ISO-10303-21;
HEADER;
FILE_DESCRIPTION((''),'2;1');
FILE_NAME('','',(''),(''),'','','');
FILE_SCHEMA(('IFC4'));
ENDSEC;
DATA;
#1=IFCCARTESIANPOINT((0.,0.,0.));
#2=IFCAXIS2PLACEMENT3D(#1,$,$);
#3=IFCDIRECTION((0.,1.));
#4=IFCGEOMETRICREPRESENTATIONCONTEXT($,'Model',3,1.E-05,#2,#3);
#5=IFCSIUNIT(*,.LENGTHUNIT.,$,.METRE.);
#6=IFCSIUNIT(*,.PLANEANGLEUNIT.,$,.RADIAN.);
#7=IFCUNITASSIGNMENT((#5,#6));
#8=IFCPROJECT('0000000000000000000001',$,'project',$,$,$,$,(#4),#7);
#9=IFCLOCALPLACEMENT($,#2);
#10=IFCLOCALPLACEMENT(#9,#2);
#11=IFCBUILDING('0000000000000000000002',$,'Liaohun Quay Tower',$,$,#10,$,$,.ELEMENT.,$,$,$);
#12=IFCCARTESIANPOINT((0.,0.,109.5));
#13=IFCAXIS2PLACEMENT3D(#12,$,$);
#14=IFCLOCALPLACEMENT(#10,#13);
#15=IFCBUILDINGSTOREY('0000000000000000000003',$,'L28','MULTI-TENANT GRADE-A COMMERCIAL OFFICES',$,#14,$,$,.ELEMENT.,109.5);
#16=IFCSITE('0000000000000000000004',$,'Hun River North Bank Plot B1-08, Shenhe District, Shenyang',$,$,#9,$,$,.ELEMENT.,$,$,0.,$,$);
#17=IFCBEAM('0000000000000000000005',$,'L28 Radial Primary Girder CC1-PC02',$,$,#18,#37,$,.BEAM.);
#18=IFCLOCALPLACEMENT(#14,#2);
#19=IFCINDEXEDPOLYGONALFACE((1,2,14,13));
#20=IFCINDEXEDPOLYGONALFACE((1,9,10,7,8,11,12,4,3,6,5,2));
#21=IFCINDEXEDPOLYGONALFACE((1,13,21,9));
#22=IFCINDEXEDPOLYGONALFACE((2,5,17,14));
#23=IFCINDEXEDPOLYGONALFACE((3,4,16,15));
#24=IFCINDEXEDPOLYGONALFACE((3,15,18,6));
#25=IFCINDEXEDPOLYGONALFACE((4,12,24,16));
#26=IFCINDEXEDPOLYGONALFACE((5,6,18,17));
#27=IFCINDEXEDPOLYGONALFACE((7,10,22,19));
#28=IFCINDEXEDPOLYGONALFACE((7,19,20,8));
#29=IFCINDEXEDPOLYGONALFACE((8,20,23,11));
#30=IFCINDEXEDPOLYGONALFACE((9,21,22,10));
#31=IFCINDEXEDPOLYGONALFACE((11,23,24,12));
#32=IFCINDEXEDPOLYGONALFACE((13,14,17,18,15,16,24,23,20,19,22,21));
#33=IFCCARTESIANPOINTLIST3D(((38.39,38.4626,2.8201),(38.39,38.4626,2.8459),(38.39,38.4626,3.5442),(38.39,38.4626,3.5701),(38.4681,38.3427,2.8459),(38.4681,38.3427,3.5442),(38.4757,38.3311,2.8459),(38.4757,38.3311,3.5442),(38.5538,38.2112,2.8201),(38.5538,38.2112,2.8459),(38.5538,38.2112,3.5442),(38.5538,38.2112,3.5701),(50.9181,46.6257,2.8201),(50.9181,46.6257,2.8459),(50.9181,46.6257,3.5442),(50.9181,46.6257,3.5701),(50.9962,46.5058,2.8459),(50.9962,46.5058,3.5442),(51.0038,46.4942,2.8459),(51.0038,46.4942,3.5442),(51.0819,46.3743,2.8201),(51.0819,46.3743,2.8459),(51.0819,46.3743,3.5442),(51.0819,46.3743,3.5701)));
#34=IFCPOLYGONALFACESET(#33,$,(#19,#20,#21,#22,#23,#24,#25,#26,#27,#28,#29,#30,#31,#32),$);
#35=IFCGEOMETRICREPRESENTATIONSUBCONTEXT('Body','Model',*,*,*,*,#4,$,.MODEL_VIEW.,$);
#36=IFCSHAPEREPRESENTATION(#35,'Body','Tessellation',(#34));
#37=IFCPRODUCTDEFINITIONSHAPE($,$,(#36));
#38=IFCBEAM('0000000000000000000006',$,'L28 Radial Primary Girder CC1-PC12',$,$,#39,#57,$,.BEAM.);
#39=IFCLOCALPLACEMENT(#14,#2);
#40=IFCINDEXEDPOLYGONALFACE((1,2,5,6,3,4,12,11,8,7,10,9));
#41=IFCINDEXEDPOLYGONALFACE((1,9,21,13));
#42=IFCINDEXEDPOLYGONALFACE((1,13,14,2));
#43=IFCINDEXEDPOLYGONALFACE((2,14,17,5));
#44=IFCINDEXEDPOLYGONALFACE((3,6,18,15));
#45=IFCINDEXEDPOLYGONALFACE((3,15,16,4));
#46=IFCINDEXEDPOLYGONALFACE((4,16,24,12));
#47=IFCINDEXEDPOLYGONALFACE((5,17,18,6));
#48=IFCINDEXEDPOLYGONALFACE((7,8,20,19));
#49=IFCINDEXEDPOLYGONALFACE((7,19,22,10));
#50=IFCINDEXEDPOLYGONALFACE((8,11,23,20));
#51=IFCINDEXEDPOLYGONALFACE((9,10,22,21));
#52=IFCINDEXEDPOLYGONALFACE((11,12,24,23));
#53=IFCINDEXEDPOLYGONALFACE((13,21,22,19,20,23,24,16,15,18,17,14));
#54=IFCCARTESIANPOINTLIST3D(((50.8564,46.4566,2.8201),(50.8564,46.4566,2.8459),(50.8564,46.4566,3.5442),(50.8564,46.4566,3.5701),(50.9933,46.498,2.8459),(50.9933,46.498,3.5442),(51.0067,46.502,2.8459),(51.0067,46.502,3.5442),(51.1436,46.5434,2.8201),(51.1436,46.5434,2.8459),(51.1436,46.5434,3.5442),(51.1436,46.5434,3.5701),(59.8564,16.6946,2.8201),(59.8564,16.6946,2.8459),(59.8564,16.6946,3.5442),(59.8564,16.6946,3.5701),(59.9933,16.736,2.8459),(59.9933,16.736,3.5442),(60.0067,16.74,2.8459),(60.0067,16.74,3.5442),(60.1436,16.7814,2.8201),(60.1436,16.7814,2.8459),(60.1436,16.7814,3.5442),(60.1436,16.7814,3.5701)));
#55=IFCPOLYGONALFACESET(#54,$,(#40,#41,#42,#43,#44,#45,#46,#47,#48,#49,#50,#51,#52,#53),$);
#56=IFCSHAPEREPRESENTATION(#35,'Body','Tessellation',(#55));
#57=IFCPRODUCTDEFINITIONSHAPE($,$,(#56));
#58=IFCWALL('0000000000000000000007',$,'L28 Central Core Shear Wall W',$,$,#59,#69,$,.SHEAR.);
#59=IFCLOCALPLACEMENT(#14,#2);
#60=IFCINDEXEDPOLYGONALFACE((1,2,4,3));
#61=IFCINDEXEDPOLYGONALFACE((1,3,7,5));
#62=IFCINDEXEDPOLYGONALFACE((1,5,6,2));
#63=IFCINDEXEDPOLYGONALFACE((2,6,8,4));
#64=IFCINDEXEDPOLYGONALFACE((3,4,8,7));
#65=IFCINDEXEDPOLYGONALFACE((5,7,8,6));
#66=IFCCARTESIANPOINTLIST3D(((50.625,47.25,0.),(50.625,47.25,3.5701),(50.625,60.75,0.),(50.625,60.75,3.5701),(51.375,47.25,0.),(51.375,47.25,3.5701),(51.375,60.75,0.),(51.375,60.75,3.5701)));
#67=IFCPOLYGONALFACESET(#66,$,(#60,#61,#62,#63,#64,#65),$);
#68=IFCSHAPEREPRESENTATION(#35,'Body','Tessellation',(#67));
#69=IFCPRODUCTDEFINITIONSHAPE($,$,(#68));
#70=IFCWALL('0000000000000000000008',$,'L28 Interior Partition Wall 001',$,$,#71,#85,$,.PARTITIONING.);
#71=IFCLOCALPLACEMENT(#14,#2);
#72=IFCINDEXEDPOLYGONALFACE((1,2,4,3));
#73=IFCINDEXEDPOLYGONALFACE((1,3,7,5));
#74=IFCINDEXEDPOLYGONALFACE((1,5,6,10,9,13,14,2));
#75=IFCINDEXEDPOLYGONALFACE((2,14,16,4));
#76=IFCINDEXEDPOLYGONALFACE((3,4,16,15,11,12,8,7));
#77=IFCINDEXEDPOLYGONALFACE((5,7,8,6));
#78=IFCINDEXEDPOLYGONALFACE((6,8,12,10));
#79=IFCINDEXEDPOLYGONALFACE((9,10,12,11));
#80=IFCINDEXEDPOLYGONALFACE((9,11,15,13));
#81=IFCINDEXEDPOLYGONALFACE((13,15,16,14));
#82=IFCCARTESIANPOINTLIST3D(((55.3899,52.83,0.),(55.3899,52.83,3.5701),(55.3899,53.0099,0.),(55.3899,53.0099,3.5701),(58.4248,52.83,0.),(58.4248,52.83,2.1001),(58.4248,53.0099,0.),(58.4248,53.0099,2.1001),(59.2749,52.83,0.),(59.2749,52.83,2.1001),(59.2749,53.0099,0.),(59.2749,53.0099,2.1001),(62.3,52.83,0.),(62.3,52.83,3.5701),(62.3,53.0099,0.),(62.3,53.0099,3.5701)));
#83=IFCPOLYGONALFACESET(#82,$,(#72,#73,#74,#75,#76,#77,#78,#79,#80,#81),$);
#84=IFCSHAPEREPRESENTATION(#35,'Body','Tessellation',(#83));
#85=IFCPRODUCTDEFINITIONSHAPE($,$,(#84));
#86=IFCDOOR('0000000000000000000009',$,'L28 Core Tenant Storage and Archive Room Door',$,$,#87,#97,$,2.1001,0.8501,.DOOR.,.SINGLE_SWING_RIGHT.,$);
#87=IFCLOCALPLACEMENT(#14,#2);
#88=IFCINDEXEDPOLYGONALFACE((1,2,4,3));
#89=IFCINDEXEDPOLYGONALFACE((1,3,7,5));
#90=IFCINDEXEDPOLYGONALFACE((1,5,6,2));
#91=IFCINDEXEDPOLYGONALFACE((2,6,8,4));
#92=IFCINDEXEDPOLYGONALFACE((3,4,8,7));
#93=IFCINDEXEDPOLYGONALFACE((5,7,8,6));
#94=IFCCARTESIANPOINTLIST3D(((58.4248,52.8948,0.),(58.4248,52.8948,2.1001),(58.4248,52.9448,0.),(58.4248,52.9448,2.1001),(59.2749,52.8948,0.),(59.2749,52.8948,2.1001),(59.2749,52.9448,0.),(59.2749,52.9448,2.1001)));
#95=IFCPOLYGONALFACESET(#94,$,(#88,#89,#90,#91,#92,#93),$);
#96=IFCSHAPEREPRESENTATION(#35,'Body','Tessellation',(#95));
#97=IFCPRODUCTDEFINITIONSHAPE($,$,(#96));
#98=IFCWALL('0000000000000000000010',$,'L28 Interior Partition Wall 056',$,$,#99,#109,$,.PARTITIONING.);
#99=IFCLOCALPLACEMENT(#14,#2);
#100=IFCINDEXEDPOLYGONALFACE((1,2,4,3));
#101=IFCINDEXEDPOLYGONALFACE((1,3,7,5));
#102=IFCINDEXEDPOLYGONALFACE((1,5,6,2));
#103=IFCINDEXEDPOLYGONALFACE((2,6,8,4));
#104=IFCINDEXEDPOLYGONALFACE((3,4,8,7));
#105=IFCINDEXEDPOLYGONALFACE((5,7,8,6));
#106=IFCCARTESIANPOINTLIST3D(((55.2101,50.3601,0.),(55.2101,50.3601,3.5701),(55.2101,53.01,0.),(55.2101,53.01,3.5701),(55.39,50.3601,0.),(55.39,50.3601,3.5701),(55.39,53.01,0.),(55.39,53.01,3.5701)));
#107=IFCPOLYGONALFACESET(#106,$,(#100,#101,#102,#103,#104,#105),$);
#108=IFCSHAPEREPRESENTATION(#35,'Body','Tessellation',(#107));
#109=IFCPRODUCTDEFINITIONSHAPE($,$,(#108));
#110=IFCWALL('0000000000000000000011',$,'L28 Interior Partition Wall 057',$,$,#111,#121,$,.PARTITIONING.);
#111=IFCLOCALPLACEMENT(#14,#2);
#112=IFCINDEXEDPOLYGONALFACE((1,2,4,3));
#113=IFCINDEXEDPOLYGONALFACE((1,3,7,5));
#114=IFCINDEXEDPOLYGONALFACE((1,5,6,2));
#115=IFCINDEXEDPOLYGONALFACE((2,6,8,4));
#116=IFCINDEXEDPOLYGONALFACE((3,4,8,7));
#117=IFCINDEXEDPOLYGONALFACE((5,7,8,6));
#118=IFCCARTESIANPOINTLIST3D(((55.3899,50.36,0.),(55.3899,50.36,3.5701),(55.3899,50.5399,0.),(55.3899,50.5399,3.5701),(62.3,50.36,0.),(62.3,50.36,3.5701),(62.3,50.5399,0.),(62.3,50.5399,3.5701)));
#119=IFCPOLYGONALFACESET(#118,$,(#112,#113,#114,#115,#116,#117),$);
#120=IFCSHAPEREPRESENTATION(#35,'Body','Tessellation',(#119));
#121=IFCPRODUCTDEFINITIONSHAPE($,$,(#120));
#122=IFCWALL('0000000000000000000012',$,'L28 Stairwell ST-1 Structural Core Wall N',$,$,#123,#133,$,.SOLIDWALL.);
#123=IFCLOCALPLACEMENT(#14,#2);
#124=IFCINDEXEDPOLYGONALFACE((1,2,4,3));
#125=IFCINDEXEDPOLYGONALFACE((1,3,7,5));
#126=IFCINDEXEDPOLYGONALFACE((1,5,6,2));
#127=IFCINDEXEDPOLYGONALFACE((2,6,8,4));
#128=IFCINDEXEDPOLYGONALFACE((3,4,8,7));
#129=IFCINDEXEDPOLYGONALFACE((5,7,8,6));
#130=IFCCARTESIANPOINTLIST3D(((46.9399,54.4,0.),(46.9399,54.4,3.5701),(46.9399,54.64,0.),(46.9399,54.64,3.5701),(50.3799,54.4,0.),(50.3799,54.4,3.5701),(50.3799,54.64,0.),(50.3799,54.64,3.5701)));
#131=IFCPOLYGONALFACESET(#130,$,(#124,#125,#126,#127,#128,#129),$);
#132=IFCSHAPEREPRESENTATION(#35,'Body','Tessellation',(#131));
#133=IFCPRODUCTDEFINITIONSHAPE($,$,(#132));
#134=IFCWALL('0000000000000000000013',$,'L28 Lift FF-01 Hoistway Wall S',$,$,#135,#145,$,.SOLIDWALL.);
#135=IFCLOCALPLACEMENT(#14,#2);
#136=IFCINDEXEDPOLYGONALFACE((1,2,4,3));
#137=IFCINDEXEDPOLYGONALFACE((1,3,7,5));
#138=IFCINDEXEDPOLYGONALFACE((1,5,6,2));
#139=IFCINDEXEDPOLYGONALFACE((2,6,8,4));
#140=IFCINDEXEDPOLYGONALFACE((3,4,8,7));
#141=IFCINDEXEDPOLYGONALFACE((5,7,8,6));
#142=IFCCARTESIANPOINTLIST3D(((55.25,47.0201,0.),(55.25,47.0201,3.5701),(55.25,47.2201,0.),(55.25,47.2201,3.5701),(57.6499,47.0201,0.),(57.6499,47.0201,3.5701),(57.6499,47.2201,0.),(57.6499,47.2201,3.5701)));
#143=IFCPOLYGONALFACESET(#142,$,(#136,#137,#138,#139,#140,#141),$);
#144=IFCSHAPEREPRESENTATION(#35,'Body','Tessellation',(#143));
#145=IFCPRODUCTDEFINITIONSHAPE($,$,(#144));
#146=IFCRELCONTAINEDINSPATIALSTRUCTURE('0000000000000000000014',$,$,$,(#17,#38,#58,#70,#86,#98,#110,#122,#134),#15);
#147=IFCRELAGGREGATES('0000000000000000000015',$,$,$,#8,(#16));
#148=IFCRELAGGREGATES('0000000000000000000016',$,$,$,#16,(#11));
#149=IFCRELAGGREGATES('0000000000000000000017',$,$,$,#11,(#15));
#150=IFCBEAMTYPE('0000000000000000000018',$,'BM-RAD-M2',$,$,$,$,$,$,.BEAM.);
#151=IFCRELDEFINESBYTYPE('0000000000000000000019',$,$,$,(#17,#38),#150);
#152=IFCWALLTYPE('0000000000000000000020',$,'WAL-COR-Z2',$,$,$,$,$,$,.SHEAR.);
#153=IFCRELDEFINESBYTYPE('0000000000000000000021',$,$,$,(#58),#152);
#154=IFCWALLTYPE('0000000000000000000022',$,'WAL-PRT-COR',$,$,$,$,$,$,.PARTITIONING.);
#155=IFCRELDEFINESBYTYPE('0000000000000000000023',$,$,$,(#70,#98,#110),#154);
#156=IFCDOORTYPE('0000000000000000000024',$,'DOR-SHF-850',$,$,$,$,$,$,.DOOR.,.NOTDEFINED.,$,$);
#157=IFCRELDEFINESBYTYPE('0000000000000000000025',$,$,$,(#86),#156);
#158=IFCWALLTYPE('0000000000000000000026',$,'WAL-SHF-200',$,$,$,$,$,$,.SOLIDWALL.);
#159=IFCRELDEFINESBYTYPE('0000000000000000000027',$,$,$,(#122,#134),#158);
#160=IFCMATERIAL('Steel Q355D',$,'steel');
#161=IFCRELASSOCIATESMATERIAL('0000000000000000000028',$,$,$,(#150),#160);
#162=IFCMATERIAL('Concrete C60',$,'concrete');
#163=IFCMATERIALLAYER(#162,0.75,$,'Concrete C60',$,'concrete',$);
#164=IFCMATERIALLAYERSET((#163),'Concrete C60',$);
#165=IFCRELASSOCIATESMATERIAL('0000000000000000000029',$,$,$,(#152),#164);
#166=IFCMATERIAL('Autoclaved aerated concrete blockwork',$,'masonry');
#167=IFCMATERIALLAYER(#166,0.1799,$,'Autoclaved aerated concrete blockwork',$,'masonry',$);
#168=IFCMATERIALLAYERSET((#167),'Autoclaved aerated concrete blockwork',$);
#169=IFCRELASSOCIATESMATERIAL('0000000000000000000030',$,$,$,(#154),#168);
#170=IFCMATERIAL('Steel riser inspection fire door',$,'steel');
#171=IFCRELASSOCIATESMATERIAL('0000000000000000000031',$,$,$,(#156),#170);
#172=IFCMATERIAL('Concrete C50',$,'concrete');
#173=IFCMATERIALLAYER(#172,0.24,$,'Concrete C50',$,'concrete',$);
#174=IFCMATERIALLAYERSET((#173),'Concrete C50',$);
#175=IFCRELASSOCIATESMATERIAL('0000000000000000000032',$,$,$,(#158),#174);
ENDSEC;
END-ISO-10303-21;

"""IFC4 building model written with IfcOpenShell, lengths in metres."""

from ifc_helpers import new_model, si_unit, direction, frame, frame_2d, origin, origin_2d, place, context, subcontext, project, spatial, rectangle, i_section, extrude, source, transform, mapped, material, layer, layer_set, material_profile, profile_set, type_object, element, fill, save


model = new_model("IFC4")

# Units and contexts
model_context = context("Model", 3, precision=1e-05, world=origin(), true_north=direction((0.0, 1.0)))
body_context = subcontext(model_context, "Body", "Model", "MODEL_VIEW")
ifc_project = project(units=[si_unit("LENGTHUNIT", "METRE"), si_unit("PLANEANGLEUNIT", "RADIAN")], contexts=[model_context])

# Site, building, storey
site_placement = place(None, origin())
site = spatial("IfcSite", under=ifc_project, at=site_placement, Name="Hun River North Bank Plot B1-08, Shenhe District, Shenyang", CompositionType="ELEMENT", RefElevation=0.0)
building_placement = place(site_placement, origin())
building = spatial("IfcBuilding", under=site, at=building_placement, Name="Liaohun Quay Tower", CompositionType="ELEMENT")
storey_placement = place(building_placement, frame((0.0, 0.0, 109.5)))
storey = spatial("IfcBuildingStorey", under=building, at=storey_placement, Name="L28", Description="MULTI-TENANT GRADE-A COMMERCIAL OFFICES", CompositionType="ELEMENT", Elevation=109.5)

# Beams
ifc_material_1 = material(Name="Steel Q355D", Category="steel")
ifc_material_profile = material_profile(ifc_material_1, i_section(OverallWidth=0.3, OverallDepth=0.75, WebThickness=0.0139, FlangeThickness=0.0259, at=origin_2d()), Name="HN750x300x14x26")
ifc_profile_set = profile_set([ifc_material_profile], Name="Steel Q355D")
beam_type = type_object("IfcBeamType", Name="BM-RAD-M2", PredefinedType="BEAM", material=ifc_profile_set)
shared_shape_1 = source(origin(), body_context, "Body", "SweptSolid", [
    extrude(i_section(OverallWidth=0.3, OverallDepth=0.75, WebThickness=0.0139, FlangeThickness=0.0259, at=origin_2d()), origin(), (0.0, 0.0, 1.0), 14.9529),
])
beam_1_placement = place(storey_placement, frame((51.0, 46.5, 3.1951), z_axis=(-0.837837, -0.545921, 0.0), x_axis=(0.545921, -0.837837, 0.0)))
element("IfcBeam", 1, at=beam_1_placement, inside=storey, type_object=beam_type, Name="L28 Radial Primary Girder CC1-PC02", PredefinedType="BEAM", context=body_context, shape_type="MappedRepresentation", body=[
    mapped(shared_shape_1, transform((0.0, 0.0, 0.0), x_axis=(1.0, 0.0, 0.0), y_axis=(0.0, 1.0, 0.0), z_axis=(0.0, 0.0, 1.0), scale=1.0)),
])
shared_shape_2 = source(origin(), body_context, "Body", "SweptSolid", [
    extrude(i_section(OverallWidth=0.3, OverallDepth=0.75, WebThickness=0.0139, FlangeThickness=0.0259, at=origin_2d()), origin(), (0.0, 0.0, 1.0), 31.093),
])
beam_2_placement = place(storey_placement, frame((51.0, 46.5, 3.1951), z_axis=(0.289454, -0.957192, 0.0), x_axis=(0.957192, 0.289454, 0.0)))
element("IfcBeam", 2, at=beam_2_placement, inside=storey, type_object=beam_type, Name="L28 Radial Primary Girder CC1-PC12", PredefinedType="BEAM", context=body_context, shape_type="MappedRepresentation", body=[
    mapped(shared_shape_2, transform((0.0, 0.0, 0.0), x_axis=(1.0, 0.0, 0.0), y_axis=(0.0, 1.0, 0.0), z_axis=(0.0, 0.0, 1.0), scale=1.0)),
])

# Wall
ifc_material_2 = material(Name="Concrete C60", Category="concrete")
ifc_layer_1 = layer(ifc_material_2, 0.75, Name="Concrete C60", Category="concrete")
ifc_layer_set_1 = layer_set([ifc_layer_1], Name="Concrete C60")
wall_type_1 = type_object("IfcWallType", Name="WAL-COR-Z2", PredefinedType="SHEAR", material=ifc_layer_set_1)
wall_1_placement = place(storey_placement, frame((51.0, 47.25, 0.0), z_axis=(0.0, 0.0, 1.0), x_axis=(0.0, 1.0, 0.0)))
element("IfcWall", 3, at=wall_1_placement, inside=storey, type_object=wall_type_1, Name="L28 Central Core Shear Wall W", PredefinedType="SHEAR", context=body_context, shape_type="SweptSolid", body=[
    extrude(rectangle(XDim=13.5, YDim=0.75, at=frame_2d((6.75, 0.0))), origin(), (0.0, 0.0, 1.0), 3.5701),
])

# Wall, opening, door
ifc_material_3 = material(Name="Autoclaved aerated concrete blockwork", Category="masonry")
ifc_layer_2 = layer(ifc_material_3, 0.1799, Name="Autoclaved aerated concrete blockwork", Category="masonry")
ifc_layer_set_2 = layer_set([ifc_layer_2], Name="Autoclaved aerated concrete blockwork")
wall_type_2 = type_object("IfcWallType", Name="WAL-PRT-COR", PredefinedType="PARTITIONING", material=ifc_layer_set_2)
wall_2_placement = place(storey_placement, frame((55.3899, 52.9199, 0.0), z_axis=(0.0, 0.0, 1.0), x_axis=(1.0, 0.0, 0.0)))
wall_2 = element("IfcWall", 4, at=wall_2_placement, inside=storey, type_object=wall_type_2, Name="L28 Interior Partition Wall 001", PredefinedType="PARTITIONING", context=body_context, shape_type="SweptSolid", body=[
    extrude(rectangle(XDim=6.9102, YDim=0.1799, at=frame_2d((3.4551, 0.0))), origin(), (0.0, 0.0, 1.0), 3.5701),
])
shared_shape_3 = source(origin(), body_context, "Body", "SweptSolid", [
    extrude(rectangle(XDim=0.8501, YDim=2.1001, at=frame_2d((0.425, 1.05))), frame((0.0, 0.0999, 0.0), z_axis=(0.0, -1.0, 0.0), x_axis=(1.0, 0.0, 0.0)), (0.0, 0.0, 1.0), 0.2),
])
opening_1_placement = place(wall_2_placement, frame((3.0349, 0.0, 0.0)))
opening_1 = element("IfcOpeningElement", 5, at=opening_1_placement, cuts=wall_2, PredefinedType="OPENING", context=body_context, shape_type="MappedRepresentation", body=[
    mapped(shared_shape_3, transform((0.0, 0.0, 0.0), x_axis=(1.0, 0.0, 0.0), y_axis=(0.0, 1.0, 0.0), z_axis=(0.0, 0.0, 1.0), scale=1.0)),
])
ifc_material_4 = material(Name="Steel riser inspection fire door", Category="steel")
door_type_1 = type_object("IfcDoorType", Name="DOR-SHF-850", OperationType="NOTDEFINED", PredefinedType="DOOR", material=ifc_material_4)
shared_shape_4 = source(origin(), body_context, "Body", "SweptSolid", [
    extrude(rectangle(XDim=0.8501, YDim=2.1001, at=frame_2d((0.425, 1.05))), frame((0.0, 0.0249, 0.0), z_axis=(0.0, -1.0, 0.0), x_axis=(1.0, 0.0, 0.0)), (0.0, 0.0, 1.0), 0.05),
])
door_1_placement = place(opening_1_placement, origin())
door_1 = element("IfcDoor", 6, at=door_1_placement, inside=storey, type_object=door_type_1, Name="L28 Core Tenant Storage and Archive Room Door", OperationType="SINGLE_SWING_RIGHT", OverallHeight=2.1001, OverallWidth=0.8501, PredefinedType="DOOR", context=body_context, shape_type="MappedRepresentation", body=[
    mapped(shared_shape_4, transform((0.0, 0.0, 0.0), x_axis=(1.0, 0.0, 0.0), y_axis=(0.0, 1.0, 0.0), z_axis=(0.0, 0.0, 1.0), scale=1.0)),
])
fill(opening_1, door_1)

# Walls
wall_3_placement = place(storey_placement, frame((55.3, 50.3601, 0.0), z_axis=(0.0, 0.0, 1.0), x_axis=(0.0, 1.0, 0.0)))
element("IfcWall", 7, at=wall_3_placement, inside=storey, type_object=wall_type_2, Name="L28 Interior Partition Wall 056", PredefinedType="PARTITIONING", context=body_context, shape_type="SweptSolid", body=[
    extrude(rectangle(XDim=2.6499, YDim=0.1799, at=frame_2d((1.325, 0.0))), origin(), (0.0, 0.0, 1.0), 3.5701),
])
wall_4_placement = place(storey_placement, frame((55.3899, 50.45, 0.0), z_axis=(0.0, 0.0, 1.0), x_axis=(1.0, 0.0, 0.0)))
element("IfcWall", 8, at=wall_4_placement, inside=storey, type_object=wall_type_2, Name="L28 Interior Partition Wall 057", PredefinedType="PARTITIONING", context=body_context, shape_type="SweptSolid", body=[
    extrude(rectangle(XDim=6.9102, YDim=0.1799, at=frame_2d((3.4551, 0.0))), origin(), (0.0, 0.0, 1.0), 3.5701),
])
ifc_material_5 = material(Name="Concrete C50", Category="concrete")
ifc_layer_3 = layer(ifc_material_5, 0.24, Name="Concrete C50", Category="concrete")
ifc_layer_set_3 = layer_set([ifc_layer_3], Name="Concrete C50")
wall_type_3 = type_object("IfcWallType", Name="WAL-SHF-200", PredefinedType="SOLIDWALL", material=ifc_layer_set_3)
wall_5_placement = place(storey_placement, frame((50.3799, 54.52, 0.0), z_axis=(0.0, 0.0, 1.0), x_axis=(-1.0, 0.0, 0.0)))
element("IfcWall", 9, at=wall_5_placement, inside=storey, type_object=wall_type_3, Name="L28 Stairwell ST-1 Structural Core Wall N", PredefinedType="SOLIDWALL", context=body_context, shape_type="SweptSolid", body=[
    extrude(rectangle(XDim=3.4399, YDim=0.24, at=frame_2d((1.72, 0.0))), origin(), (0.0, 0.0, 1.0), 3.5701),
])
wall_6_placement = place(storey_placement, frame((55.25, 47.1201, 0.0), z_axis=(0.0, 0.0, 1.0), x_axis=(1.0, 0.0, 0.0)))
element("IfcWall", 10, at=wall_6_placement, inside=storey, type_object=wall_type_3, Name="L28 Lift FF-01 Hoistway Wall S", PredefinedType="SOLIDWALL", context=body_context, shape_type="SweptSolid", body=[
    extrude(rectangle(XDim=2.3999, YDim=0.2, at=frame_2d((1.2, 0.0))), origin(), (0.0, 0.0, 1.0), 3.5701),
])

save(model, "model.ifc")
